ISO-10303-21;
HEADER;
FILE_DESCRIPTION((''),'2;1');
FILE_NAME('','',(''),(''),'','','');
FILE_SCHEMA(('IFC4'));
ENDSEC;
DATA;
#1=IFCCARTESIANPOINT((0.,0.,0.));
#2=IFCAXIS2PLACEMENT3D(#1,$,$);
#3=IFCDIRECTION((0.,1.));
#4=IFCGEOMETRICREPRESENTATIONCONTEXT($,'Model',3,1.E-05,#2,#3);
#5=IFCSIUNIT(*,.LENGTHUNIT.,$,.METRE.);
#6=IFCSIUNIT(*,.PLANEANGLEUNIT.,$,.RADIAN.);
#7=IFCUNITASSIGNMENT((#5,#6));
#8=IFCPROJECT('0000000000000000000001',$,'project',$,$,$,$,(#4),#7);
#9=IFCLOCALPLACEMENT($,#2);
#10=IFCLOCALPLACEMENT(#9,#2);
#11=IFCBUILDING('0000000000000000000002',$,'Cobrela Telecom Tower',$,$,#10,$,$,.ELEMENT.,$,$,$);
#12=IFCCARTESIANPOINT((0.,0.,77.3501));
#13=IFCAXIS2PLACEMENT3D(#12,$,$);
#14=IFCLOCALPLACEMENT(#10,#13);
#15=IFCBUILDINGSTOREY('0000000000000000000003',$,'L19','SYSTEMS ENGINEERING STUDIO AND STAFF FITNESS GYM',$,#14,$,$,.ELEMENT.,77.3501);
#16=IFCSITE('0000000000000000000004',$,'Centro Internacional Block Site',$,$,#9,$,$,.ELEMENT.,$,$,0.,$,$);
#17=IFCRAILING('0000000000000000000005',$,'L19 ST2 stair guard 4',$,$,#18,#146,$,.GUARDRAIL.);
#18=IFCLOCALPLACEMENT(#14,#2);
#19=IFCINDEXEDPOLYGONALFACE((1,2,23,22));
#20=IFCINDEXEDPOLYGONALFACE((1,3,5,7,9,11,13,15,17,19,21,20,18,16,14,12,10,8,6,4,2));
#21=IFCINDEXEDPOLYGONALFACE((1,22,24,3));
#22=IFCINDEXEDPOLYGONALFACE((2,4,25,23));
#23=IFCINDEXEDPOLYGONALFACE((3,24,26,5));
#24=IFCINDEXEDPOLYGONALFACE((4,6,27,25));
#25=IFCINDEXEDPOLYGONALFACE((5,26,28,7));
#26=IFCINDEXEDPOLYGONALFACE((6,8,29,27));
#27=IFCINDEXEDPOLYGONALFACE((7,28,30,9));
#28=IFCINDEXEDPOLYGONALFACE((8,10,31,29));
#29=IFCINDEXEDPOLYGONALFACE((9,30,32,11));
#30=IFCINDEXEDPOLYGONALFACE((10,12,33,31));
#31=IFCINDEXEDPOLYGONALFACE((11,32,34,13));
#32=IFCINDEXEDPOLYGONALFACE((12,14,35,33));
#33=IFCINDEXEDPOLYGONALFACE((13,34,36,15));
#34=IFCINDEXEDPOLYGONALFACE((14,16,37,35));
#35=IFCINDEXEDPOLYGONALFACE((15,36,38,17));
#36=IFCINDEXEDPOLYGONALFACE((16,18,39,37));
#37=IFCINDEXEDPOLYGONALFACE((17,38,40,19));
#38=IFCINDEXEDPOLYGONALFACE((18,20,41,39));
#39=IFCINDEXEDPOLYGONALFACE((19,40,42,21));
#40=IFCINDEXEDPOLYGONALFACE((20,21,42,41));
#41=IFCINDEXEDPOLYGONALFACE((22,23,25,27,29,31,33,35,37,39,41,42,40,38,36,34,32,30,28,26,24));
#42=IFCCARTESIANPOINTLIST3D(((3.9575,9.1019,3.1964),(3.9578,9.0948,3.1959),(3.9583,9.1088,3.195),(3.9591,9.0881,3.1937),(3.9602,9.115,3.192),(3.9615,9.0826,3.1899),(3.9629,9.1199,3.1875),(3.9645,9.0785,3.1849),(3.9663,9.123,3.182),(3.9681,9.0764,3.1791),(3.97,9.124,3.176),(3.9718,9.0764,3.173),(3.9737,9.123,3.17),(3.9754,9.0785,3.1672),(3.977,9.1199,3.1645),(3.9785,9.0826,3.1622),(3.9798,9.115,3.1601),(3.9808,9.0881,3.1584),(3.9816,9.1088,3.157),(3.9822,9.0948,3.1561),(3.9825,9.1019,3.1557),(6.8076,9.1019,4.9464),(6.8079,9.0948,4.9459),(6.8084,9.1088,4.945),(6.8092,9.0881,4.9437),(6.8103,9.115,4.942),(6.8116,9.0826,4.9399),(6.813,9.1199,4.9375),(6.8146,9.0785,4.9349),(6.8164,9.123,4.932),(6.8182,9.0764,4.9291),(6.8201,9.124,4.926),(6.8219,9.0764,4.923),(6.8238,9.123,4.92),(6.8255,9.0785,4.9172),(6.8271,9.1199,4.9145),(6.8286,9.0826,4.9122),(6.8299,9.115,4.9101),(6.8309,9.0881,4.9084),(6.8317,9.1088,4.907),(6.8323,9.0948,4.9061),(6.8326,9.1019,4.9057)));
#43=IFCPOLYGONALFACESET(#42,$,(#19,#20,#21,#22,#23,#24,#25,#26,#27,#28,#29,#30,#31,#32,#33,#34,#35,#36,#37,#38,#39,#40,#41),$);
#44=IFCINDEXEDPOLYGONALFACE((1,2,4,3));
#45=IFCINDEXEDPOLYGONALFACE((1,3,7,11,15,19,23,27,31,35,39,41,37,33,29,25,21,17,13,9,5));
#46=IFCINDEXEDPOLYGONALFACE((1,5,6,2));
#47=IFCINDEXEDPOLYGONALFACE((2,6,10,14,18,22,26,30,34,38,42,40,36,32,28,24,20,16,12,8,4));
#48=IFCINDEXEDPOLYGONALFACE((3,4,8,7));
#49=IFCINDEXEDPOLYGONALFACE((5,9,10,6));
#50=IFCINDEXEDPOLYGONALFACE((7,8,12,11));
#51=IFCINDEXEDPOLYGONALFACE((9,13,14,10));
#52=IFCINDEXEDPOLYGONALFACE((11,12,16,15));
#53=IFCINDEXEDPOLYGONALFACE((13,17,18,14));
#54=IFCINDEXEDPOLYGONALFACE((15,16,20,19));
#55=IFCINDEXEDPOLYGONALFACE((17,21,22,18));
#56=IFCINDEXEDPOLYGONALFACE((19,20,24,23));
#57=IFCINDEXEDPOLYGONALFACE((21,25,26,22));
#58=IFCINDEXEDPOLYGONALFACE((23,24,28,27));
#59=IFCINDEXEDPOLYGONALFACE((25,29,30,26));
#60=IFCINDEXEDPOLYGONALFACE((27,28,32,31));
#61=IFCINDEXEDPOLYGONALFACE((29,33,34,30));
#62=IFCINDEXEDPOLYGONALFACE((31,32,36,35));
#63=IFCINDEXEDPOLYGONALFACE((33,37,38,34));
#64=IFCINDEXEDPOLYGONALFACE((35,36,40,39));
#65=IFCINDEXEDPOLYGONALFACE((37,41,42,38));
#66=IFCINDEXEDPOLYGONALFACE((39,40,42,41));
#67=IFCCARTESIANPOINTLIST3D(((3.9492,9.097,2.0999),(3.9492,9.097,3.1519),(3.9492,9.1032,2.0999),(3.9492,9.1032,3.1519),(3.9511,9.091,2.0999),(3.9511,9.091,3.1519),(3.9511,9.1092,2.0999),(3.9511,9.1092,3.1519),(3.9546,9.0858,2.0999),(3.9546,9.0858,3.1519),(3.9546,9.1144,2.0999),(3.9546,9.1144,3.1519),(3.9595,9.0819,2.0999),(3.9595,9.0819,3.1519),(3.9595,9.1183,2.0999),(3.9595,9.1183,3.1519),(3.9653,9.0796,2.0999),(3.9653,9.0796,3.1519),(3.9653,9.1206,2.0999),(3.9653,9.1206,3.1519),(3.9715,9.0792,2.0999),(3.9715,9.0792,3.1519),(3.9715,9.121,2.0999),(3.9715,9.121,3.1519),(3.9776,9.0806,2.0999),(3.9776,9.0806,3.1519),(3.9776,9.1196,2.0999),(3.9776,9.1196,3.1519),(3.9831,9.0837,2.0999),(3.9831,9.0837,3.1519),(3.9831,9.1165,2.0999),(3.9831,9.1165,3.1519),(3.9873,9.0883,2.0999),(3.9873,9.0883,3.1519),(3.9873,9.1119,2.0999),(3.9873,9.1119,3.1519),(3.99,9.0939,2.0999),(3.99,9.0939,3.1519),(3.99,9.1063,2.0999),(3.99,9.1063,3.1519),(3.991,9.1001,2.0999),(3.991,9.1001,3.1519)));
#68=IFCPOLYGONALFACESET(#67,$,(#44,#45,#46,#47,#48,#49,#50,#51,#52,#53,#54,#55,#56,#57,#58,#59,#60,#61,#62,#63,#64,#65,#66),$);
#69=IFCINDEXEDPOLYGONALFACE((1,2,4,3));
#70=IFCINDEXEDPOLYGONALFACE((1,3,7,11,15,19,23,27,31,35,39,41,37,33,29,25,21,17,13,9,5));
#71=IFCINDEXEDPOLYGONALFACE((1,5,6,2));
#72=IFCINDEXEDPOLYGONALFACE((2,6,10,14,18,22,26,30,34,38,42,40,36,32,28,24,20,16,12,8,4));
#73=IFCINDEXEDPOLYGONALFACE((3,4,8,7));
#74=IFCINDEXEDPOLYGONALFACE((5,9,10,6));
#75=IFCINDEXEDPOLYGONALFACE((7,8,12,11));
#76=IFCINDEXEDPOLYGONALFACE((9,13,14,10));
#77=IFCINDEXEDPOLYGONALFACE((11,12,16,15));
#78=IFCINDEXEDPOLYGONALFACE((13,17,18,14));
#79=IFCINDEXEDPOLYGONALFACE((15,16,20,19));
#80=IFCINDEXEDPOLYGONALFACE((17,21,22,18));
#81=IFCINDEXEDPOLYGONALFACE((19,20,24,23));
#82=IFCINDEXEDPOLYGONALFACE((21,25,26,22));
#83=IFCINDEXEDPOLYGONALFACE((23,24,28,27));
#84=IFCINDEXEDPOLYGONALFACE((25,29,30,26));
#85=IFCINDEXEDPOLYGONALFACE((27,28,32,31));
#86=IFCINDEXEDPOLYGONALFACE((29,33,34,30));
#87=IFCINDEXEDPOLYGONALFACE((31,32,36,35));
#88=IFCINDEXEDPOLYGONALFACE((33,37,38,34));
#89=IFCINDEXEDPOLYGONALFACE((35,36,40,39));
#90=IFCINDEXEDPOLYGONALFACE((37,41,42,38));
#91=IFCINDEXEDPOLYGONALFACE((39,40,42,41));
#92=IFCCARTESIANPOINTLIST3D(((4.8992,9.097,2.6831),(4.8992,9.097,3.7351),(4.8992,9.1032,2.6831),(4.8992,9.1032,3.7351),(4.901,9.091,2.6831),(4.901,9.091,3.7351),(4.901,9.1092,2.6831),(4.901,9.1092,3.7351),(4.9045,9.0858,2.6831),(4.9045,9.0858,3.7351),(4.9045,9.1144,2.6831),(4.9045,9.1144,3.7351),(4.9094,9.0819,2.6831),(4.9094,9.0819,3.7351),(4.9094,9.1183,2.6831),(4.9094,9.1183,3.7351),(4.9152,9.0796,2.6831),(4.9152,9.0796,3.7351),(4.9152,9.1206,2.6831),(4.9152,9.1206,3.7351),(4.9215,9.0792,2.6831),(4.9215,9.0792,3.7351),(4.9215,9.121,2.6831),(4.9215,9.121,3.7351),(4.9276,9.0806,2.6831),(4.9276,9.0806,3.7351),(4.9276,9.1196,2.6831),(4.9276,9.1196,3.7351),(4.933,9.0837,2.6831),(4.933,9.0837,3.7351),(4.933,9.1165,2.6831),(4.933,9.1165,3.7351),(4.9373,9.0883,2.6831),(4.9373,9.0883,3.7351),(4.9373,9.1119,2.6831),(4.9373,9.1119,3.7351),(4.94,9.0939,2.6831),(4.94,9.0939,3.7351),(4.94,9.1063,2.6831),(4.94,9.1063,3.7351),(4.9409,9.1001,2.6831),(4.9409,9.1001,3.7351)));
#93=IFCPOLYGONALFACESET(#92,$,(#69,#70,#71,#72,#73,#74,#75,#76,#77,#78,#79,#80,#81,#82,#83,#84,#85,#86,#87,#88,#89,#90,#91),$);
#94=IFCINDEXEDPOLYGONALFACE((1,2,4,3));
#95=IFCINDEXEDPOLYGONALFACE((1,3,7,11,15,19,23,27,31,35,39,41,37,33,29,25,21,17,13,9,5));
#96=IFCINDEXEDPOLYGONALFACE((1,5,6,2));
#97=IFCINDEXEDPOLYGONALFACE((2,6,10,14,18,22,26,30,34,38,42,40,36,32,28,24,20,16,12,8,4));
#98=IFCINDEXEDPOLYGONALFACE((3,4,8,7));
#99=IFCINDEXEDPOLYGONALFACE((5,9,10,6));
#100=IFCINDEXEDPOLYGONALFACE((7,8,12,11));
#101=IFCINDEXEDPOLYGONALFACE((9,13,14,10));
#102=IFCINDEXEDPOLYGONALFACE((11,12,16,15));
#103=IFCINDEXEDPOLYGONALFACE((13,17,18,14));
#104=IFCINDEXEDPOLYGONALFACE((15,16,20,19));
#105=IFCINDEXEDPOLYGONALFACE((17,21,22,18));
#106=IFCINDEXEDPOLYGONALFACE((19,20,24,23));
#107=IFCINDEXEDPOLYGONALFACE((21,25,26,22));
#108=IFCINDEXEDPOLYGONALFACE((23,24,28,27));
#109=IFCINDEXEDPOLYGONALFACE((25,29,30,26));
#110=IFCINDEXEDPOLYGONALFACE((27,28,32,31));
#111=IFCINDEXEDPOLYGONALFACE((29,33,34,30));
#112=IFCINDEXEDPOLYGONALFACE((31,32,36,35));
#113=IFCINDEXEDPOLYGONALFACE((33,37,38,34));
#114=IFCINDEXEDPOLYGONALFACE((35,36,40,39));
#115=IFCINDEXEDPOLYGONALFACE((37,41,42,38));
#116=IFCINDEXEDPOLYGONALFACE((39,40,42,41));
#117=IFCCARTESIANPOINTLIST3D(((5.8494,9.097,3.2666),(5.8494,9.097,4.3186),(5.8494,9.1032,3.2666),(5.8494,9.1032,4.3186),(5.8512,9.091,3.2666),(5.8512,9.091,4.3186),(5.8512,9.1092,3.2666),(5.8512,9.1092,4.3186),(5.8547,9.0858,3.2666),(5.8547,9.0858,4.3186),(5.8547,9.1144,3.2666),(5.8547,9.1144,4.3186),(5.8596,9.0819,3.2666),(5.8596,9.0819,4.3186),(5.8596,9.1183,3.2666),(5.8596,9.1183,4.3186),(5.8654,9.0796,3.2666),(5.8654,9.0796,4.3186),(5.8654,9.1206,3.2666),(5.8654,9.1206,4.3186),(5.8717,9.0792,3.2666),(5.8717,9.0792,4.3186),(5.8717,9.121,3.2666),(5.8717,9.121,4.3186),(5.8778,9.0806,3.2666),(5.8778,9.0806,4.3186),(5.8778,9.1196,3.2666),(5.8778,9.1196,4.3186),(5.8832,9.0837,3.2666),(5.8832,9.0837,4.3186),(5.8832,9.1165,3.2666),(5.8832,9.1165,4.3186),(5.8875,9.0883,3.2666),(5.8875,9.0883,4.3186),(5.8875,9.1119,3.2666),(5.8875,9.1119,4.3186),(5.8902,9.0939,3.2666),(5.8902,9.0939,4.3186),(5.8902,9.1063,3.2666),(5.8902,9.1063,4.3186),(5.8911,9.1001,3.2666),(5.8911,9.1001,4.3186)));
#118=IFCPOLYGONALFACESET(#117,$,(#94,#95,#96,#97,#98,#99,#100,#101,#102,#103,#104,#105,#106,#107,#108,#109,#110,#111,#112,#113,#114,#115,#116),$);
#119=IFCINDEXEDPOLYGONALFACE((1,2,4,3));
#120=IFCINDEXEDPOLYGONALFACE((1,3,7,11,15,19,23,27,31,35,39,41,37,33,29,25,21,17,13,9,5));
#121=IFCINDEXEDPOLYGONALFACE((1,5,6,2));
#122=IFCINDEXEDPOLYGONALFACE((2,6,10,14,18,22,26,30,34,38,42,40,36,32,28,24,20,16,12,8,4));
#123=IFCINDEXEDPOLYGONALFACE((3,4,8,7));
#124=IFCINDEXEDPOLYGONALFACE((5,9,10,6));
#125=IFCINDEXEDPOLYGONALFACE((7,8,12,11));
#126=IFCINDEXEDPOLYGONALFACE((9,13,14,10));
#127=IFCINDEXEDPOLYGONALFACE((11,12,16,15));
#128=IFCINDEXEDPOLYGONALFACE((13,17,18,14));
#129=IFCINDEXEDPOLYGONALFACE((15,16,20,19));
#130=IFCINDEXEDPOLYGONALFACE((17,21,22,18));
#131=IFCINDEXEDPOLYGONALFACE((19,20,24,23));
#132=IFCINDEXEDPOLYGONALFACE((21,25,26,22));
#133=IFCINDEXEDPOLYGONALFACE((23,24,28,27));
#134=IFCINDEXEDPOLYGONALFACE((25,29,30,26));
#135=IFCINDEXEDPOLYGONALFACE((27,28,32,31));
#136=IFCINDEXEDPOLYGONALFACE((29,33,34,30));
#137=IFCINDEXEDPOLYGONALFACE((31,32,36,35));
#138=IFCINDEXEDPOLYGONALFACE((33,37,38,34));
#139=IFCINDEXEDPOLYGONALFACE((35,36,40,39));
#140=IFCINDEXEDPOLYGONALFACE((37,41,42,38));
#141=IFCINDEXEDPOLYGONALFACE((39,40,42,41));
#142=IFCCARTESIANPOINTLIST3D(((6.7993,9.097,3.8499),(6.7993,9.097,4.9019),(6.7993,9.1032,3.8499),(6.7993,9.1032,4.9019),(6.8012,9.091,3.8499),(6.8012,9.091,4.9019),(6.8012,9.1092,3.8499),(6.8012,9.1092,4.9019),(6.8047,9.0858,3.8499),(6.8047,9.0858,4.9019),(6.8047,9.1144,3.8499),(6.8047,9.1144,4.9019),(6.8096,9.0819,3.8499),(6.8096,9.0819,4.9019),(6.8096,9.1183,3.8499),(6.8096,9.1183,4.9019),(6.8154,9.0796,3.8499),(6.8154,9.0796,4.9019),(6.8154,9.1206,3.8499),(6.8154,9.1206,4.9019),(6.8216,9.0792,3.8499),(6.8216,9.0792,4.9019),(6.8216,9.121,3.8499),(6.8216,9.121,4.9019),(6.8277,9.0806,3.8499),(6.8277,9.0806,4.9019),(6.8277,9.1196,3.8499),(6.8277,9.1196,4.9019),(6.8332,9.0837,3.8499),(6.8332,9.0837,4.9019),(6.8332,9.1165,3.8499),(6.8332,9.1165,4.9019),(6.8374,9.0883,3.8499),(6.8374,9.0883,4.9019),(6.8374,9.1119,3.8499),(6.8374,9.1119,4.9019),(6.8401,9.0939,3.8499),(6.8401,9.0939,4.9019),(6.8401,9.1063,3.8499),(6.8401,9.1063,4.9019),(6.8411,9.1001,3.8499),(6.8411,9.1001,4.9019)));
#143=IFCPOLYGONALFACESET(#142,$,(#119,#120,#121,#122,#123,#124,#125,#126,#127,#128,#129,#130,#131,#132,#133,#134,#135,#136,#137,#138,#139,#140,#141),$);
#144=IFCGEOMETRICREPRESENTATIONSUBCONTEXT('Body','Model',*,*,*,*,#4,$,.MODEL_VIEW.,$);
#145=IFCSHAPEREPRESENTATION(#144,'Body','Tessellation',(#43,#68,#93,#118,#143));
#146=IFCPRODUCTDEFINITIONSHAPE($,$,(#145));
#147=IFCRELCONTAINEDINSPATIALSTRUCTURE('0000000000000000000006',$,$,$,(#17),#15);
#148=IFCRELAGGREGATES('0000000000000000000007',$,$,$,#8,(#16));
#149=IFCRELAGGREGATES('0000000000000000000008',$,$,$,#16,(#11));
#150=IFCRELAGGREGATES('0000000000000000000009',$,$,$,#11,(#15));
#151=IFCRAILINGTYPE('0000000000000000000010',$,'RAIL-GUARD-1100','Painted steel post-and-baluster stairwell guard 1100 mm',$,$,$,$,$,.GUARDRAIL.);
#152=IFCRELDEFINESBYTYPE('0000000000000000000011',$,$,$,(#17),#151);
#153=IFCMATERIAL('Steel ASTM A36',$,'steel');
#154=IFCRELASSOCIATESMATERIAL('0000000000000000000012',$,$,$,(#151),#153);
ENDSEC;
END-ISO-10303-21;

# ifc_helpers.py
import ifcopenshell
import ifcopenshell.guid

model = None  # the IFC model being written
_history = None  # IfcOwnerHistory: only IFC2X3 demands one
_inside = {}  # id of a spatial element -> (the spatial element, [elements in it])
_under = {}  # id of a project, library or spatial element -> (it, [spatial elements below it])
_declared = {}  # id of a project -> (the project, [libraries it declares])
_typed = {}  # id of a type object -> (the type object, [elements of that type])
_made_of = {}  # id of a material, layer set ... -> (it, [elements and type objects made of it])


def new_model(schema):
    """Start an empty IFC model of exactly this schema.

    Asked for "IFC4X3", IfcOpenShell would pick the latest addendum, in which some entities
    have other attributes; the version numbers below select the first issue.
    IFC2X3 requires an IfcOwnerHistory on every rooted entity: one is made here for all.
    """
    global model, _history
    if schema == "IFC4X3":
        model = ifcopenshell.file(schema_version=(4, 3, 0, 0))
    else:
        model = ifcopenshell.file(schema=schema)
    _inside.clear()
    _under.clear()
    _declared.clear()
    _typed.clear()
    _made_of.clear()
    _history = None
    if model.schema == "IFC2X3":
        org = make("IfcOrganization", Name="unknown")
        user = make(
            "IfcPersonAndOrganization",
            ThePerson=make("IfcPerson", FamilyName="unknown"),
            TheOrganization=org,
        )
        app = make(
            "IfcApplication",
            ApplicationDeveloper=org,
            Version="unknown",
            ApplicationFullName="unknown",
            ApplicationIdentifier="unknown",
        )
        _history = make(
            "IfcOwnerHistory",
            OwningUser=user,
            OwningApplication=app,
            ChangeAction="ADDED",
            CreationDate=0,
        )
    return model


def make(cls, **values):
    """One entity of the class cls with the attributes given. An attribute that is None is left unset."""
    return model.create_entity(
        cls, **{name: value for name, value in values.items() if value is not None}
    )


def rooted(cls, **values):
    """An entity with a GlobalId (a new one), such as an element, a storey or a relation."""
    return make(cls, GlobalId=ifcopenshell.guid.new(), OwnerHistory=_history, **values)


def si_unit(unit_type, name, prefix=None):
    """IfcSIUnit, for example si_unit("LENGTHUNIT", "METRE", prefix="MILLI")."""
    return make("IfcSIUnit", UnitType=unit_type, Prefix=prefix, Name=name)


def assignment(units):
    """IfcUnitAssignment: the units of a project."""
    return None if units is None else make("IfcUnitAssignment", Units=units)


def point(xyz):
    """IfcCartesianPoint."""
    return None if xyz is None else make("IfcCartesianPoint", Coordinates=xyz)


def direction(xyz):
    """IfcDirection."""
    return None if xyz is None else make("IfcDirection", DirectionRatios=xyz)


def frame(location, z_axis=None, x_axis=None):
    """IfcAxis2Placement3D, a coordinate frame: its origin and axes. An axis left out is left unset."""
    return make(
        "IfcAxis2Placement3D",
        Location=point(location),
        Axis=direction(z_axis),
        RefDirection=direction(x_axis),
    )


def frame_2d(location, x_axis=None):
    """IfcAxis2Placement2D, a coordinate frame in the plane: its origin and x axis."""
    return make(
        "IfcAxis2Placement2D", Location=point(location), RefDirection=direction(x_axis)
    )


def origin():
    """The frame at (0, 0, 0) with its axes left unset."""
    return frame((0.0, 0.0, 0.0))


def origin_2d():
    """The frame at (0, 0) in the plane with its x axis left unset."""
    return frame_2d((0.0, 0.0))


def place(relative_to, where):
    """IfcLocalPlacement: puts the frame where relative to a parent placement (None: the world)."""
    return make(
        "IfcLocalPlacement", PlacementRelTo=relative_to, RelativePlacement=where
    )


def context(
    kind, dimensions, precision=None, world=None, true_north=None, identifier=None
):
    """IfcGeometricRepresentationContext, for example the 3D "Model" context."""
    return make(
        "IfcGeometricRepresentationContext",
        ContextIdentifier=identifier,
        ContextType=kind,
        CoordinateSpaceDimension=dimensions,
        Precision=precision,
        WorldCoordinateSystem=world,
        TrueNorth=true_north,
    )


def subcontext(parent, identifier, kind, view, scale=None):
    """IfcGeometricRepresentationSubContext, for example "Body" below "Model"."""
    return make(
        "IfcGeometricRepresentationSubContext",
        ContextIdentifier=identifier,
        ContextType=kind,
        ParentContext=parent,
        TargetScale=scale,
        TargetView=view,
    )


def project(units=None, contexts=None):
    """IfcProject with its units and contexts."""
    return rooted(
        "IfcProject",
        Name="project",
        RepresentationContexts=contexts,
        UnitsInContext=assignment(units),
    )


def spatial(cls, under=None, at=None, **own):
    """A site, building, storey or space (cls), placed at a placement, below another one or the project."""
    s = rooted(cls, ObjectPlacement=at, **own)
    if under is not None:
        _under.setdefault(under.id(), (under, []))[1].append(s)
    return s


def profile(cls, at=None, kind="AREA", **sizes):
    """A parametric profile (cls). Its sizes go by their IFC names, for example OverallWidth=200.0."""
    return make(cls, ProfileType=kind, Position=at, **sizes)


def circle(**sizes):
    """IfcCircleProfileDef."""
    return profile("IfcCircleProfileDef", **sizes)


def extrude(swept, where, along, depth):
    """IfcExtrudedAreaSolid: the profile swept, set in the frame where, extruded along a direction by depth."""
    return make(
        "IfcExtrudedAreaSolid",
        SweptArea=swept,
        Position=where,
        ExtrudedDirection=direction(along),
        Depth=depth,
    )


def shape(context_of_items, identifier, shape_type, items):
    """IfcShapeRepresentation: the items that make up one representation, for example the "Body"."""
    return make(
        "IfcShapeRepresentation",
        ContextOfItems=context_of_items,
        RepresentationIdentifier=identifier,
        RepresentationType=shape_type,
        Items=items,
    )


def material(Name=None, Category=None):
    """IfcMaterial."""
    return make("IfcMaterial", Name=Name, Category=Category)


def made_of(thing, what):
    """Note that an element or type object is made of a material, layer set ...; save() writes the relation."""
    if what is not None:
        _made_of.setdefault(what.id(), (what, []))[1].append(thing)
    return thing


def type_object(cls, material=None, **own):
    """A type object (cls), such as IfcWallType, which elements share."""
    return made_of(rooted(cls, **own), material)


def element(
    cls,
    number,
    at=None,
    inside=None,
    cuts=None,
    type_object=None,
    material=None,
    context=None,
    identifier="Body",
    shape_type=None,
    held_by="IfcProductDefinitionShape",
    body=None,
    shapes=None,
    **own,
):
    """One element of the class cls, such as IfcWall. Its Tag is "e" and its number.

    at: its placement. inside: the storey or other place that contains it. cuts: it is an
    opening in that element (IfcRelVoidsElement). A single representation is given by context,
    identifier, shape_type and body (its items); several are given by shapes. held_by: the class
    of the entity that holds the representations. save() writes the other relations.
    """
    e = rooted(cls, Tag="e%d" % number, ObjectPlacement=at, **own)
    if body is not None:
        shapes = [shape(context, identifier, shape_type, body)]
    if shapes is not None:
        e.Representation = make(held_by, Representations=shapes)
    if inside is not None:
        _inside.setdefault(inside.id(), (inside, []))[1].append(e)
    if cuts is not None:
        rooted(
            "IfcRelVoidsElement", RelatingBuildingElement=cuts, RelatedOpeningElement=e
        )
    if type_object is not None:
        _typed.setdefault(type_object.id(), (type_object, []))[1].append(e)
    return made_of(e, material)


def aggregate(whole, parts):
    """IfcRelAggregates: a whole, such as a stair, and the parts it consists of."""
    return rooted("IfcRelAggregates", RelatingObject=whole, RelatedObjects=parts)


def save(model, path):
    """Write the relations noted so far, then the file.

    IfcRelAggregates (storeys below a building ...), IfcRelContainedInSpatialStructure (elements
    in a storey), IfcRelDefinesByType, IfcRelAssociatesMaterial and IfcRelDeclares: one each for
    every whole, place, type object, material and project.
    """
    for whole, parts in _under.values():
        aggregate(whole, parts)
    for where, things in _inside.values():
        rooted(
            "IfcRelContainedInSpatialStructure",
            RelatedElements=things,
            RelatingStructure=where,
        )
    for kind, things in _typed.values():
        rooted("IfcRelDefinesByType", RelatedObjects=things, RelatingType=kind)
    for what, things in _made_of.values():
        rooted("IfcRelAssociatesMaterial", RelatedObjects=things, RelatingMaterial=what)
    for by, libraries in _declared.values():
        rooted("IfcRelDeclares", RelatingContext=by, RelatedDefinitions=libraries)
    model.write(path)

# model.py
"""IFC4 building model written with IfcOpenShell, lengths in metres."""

from ifc_helpers import new_model, si_unit, direction, frame, origin, origin_2d, place, context, subcontext, project, spatial, circle, extrude, material, type_object, element, save


model = new_model("IFC4")

# Units and contexts
model_context = context("Model", 3, precision=1e-05, world=origin(), true_north=direction((0.0, 1.0)))
body_context = subcontext(model_context, "Body", "Model", "MODEL_VIEW")
ifc_project = project(units=[si_unit("LENGTHUNIT", "METRE"), si_unit("PLANEANGLEUNIT", "RADIAN")], contexts=[model_context])

# Site, building, storey
site_placement = place(None, origin())
site = spatial("IfcSite", under=ifc_project, at=site_placement, Name="Centro Internacional Block Site", CompositionType="ELEMENT", RefElevation=0.0)
building_placement = place(site_placement, origin())
building = spatial("IfcBuilding", under=site, at=building_placement, Name="Cobrela Telecom Tower", CompositionType="ELEMENT")
storey_placement = place(building_placement, frame((0.0, 0.0, 77.3501)))
storey = spatial("IfcBuildingStorey", under=building, at=storey_placement, Name="L19", Description="SYSTEMS ENGINEERING STUDIO AND STAFF FITNESS GYM", CompositionType="ELEMENT", Elevation=77.3501)

# Railing
ifc_material_1 = material(Name="Steel ASTM A36", Category="steel")
railing_type_1 = type_object("IfcRailingType", Name="RAIL-GUARD-1100", Description="Painted steel post-and-baluster stairwell guard 1100 mm", PredefinedType="GUARDRAIL", material=ifc_material_1)
railing_1_placement = place(storey_placement, frame((3.97, 9.1001, 2.0999)))
element("IfcRailing", 1, at=railing_1_placement, inside=storey, type_object=railing_type_1, Name="L19 ST2 stair guard 4", PredefinedType="GUARDRAIL", context=body_context, shape_type="SweptSolid", body=[
    extrude(circle(Radius=0.0239, at=origin_2d()), frame((0.0, 0.0, 1.0762), z_axis=(0.852179, 0.0, 0.52325), x_axis=(0.0, 1.0, 0.0)), (0.0, 0.0, 1.0), 3.3445),
    extrude(circle(Radius=0.021, at=origin_2d()), origin(), (0.0, 0.0, 1.0), 1.052),
    extrude(circle(Radius=0.021, at=origin_2d()), frame((0.95, 0.0, 0.5833)), (0.0, 0.0, 1.0), 1.052),
    extrude(circle(Radius=0.021, at=origin_2d()), frame((1.9001, 0.0, 1.1667)), (0.0, 0.0, 1.0), 1.052),
    extrude(circle(Radius=0.021, at=origin_2d()), frame((2.8501, 0.0, 1.75)), (0.0, 0.0, 1.0), 1.052),
])

save(model, "model.ifc")
